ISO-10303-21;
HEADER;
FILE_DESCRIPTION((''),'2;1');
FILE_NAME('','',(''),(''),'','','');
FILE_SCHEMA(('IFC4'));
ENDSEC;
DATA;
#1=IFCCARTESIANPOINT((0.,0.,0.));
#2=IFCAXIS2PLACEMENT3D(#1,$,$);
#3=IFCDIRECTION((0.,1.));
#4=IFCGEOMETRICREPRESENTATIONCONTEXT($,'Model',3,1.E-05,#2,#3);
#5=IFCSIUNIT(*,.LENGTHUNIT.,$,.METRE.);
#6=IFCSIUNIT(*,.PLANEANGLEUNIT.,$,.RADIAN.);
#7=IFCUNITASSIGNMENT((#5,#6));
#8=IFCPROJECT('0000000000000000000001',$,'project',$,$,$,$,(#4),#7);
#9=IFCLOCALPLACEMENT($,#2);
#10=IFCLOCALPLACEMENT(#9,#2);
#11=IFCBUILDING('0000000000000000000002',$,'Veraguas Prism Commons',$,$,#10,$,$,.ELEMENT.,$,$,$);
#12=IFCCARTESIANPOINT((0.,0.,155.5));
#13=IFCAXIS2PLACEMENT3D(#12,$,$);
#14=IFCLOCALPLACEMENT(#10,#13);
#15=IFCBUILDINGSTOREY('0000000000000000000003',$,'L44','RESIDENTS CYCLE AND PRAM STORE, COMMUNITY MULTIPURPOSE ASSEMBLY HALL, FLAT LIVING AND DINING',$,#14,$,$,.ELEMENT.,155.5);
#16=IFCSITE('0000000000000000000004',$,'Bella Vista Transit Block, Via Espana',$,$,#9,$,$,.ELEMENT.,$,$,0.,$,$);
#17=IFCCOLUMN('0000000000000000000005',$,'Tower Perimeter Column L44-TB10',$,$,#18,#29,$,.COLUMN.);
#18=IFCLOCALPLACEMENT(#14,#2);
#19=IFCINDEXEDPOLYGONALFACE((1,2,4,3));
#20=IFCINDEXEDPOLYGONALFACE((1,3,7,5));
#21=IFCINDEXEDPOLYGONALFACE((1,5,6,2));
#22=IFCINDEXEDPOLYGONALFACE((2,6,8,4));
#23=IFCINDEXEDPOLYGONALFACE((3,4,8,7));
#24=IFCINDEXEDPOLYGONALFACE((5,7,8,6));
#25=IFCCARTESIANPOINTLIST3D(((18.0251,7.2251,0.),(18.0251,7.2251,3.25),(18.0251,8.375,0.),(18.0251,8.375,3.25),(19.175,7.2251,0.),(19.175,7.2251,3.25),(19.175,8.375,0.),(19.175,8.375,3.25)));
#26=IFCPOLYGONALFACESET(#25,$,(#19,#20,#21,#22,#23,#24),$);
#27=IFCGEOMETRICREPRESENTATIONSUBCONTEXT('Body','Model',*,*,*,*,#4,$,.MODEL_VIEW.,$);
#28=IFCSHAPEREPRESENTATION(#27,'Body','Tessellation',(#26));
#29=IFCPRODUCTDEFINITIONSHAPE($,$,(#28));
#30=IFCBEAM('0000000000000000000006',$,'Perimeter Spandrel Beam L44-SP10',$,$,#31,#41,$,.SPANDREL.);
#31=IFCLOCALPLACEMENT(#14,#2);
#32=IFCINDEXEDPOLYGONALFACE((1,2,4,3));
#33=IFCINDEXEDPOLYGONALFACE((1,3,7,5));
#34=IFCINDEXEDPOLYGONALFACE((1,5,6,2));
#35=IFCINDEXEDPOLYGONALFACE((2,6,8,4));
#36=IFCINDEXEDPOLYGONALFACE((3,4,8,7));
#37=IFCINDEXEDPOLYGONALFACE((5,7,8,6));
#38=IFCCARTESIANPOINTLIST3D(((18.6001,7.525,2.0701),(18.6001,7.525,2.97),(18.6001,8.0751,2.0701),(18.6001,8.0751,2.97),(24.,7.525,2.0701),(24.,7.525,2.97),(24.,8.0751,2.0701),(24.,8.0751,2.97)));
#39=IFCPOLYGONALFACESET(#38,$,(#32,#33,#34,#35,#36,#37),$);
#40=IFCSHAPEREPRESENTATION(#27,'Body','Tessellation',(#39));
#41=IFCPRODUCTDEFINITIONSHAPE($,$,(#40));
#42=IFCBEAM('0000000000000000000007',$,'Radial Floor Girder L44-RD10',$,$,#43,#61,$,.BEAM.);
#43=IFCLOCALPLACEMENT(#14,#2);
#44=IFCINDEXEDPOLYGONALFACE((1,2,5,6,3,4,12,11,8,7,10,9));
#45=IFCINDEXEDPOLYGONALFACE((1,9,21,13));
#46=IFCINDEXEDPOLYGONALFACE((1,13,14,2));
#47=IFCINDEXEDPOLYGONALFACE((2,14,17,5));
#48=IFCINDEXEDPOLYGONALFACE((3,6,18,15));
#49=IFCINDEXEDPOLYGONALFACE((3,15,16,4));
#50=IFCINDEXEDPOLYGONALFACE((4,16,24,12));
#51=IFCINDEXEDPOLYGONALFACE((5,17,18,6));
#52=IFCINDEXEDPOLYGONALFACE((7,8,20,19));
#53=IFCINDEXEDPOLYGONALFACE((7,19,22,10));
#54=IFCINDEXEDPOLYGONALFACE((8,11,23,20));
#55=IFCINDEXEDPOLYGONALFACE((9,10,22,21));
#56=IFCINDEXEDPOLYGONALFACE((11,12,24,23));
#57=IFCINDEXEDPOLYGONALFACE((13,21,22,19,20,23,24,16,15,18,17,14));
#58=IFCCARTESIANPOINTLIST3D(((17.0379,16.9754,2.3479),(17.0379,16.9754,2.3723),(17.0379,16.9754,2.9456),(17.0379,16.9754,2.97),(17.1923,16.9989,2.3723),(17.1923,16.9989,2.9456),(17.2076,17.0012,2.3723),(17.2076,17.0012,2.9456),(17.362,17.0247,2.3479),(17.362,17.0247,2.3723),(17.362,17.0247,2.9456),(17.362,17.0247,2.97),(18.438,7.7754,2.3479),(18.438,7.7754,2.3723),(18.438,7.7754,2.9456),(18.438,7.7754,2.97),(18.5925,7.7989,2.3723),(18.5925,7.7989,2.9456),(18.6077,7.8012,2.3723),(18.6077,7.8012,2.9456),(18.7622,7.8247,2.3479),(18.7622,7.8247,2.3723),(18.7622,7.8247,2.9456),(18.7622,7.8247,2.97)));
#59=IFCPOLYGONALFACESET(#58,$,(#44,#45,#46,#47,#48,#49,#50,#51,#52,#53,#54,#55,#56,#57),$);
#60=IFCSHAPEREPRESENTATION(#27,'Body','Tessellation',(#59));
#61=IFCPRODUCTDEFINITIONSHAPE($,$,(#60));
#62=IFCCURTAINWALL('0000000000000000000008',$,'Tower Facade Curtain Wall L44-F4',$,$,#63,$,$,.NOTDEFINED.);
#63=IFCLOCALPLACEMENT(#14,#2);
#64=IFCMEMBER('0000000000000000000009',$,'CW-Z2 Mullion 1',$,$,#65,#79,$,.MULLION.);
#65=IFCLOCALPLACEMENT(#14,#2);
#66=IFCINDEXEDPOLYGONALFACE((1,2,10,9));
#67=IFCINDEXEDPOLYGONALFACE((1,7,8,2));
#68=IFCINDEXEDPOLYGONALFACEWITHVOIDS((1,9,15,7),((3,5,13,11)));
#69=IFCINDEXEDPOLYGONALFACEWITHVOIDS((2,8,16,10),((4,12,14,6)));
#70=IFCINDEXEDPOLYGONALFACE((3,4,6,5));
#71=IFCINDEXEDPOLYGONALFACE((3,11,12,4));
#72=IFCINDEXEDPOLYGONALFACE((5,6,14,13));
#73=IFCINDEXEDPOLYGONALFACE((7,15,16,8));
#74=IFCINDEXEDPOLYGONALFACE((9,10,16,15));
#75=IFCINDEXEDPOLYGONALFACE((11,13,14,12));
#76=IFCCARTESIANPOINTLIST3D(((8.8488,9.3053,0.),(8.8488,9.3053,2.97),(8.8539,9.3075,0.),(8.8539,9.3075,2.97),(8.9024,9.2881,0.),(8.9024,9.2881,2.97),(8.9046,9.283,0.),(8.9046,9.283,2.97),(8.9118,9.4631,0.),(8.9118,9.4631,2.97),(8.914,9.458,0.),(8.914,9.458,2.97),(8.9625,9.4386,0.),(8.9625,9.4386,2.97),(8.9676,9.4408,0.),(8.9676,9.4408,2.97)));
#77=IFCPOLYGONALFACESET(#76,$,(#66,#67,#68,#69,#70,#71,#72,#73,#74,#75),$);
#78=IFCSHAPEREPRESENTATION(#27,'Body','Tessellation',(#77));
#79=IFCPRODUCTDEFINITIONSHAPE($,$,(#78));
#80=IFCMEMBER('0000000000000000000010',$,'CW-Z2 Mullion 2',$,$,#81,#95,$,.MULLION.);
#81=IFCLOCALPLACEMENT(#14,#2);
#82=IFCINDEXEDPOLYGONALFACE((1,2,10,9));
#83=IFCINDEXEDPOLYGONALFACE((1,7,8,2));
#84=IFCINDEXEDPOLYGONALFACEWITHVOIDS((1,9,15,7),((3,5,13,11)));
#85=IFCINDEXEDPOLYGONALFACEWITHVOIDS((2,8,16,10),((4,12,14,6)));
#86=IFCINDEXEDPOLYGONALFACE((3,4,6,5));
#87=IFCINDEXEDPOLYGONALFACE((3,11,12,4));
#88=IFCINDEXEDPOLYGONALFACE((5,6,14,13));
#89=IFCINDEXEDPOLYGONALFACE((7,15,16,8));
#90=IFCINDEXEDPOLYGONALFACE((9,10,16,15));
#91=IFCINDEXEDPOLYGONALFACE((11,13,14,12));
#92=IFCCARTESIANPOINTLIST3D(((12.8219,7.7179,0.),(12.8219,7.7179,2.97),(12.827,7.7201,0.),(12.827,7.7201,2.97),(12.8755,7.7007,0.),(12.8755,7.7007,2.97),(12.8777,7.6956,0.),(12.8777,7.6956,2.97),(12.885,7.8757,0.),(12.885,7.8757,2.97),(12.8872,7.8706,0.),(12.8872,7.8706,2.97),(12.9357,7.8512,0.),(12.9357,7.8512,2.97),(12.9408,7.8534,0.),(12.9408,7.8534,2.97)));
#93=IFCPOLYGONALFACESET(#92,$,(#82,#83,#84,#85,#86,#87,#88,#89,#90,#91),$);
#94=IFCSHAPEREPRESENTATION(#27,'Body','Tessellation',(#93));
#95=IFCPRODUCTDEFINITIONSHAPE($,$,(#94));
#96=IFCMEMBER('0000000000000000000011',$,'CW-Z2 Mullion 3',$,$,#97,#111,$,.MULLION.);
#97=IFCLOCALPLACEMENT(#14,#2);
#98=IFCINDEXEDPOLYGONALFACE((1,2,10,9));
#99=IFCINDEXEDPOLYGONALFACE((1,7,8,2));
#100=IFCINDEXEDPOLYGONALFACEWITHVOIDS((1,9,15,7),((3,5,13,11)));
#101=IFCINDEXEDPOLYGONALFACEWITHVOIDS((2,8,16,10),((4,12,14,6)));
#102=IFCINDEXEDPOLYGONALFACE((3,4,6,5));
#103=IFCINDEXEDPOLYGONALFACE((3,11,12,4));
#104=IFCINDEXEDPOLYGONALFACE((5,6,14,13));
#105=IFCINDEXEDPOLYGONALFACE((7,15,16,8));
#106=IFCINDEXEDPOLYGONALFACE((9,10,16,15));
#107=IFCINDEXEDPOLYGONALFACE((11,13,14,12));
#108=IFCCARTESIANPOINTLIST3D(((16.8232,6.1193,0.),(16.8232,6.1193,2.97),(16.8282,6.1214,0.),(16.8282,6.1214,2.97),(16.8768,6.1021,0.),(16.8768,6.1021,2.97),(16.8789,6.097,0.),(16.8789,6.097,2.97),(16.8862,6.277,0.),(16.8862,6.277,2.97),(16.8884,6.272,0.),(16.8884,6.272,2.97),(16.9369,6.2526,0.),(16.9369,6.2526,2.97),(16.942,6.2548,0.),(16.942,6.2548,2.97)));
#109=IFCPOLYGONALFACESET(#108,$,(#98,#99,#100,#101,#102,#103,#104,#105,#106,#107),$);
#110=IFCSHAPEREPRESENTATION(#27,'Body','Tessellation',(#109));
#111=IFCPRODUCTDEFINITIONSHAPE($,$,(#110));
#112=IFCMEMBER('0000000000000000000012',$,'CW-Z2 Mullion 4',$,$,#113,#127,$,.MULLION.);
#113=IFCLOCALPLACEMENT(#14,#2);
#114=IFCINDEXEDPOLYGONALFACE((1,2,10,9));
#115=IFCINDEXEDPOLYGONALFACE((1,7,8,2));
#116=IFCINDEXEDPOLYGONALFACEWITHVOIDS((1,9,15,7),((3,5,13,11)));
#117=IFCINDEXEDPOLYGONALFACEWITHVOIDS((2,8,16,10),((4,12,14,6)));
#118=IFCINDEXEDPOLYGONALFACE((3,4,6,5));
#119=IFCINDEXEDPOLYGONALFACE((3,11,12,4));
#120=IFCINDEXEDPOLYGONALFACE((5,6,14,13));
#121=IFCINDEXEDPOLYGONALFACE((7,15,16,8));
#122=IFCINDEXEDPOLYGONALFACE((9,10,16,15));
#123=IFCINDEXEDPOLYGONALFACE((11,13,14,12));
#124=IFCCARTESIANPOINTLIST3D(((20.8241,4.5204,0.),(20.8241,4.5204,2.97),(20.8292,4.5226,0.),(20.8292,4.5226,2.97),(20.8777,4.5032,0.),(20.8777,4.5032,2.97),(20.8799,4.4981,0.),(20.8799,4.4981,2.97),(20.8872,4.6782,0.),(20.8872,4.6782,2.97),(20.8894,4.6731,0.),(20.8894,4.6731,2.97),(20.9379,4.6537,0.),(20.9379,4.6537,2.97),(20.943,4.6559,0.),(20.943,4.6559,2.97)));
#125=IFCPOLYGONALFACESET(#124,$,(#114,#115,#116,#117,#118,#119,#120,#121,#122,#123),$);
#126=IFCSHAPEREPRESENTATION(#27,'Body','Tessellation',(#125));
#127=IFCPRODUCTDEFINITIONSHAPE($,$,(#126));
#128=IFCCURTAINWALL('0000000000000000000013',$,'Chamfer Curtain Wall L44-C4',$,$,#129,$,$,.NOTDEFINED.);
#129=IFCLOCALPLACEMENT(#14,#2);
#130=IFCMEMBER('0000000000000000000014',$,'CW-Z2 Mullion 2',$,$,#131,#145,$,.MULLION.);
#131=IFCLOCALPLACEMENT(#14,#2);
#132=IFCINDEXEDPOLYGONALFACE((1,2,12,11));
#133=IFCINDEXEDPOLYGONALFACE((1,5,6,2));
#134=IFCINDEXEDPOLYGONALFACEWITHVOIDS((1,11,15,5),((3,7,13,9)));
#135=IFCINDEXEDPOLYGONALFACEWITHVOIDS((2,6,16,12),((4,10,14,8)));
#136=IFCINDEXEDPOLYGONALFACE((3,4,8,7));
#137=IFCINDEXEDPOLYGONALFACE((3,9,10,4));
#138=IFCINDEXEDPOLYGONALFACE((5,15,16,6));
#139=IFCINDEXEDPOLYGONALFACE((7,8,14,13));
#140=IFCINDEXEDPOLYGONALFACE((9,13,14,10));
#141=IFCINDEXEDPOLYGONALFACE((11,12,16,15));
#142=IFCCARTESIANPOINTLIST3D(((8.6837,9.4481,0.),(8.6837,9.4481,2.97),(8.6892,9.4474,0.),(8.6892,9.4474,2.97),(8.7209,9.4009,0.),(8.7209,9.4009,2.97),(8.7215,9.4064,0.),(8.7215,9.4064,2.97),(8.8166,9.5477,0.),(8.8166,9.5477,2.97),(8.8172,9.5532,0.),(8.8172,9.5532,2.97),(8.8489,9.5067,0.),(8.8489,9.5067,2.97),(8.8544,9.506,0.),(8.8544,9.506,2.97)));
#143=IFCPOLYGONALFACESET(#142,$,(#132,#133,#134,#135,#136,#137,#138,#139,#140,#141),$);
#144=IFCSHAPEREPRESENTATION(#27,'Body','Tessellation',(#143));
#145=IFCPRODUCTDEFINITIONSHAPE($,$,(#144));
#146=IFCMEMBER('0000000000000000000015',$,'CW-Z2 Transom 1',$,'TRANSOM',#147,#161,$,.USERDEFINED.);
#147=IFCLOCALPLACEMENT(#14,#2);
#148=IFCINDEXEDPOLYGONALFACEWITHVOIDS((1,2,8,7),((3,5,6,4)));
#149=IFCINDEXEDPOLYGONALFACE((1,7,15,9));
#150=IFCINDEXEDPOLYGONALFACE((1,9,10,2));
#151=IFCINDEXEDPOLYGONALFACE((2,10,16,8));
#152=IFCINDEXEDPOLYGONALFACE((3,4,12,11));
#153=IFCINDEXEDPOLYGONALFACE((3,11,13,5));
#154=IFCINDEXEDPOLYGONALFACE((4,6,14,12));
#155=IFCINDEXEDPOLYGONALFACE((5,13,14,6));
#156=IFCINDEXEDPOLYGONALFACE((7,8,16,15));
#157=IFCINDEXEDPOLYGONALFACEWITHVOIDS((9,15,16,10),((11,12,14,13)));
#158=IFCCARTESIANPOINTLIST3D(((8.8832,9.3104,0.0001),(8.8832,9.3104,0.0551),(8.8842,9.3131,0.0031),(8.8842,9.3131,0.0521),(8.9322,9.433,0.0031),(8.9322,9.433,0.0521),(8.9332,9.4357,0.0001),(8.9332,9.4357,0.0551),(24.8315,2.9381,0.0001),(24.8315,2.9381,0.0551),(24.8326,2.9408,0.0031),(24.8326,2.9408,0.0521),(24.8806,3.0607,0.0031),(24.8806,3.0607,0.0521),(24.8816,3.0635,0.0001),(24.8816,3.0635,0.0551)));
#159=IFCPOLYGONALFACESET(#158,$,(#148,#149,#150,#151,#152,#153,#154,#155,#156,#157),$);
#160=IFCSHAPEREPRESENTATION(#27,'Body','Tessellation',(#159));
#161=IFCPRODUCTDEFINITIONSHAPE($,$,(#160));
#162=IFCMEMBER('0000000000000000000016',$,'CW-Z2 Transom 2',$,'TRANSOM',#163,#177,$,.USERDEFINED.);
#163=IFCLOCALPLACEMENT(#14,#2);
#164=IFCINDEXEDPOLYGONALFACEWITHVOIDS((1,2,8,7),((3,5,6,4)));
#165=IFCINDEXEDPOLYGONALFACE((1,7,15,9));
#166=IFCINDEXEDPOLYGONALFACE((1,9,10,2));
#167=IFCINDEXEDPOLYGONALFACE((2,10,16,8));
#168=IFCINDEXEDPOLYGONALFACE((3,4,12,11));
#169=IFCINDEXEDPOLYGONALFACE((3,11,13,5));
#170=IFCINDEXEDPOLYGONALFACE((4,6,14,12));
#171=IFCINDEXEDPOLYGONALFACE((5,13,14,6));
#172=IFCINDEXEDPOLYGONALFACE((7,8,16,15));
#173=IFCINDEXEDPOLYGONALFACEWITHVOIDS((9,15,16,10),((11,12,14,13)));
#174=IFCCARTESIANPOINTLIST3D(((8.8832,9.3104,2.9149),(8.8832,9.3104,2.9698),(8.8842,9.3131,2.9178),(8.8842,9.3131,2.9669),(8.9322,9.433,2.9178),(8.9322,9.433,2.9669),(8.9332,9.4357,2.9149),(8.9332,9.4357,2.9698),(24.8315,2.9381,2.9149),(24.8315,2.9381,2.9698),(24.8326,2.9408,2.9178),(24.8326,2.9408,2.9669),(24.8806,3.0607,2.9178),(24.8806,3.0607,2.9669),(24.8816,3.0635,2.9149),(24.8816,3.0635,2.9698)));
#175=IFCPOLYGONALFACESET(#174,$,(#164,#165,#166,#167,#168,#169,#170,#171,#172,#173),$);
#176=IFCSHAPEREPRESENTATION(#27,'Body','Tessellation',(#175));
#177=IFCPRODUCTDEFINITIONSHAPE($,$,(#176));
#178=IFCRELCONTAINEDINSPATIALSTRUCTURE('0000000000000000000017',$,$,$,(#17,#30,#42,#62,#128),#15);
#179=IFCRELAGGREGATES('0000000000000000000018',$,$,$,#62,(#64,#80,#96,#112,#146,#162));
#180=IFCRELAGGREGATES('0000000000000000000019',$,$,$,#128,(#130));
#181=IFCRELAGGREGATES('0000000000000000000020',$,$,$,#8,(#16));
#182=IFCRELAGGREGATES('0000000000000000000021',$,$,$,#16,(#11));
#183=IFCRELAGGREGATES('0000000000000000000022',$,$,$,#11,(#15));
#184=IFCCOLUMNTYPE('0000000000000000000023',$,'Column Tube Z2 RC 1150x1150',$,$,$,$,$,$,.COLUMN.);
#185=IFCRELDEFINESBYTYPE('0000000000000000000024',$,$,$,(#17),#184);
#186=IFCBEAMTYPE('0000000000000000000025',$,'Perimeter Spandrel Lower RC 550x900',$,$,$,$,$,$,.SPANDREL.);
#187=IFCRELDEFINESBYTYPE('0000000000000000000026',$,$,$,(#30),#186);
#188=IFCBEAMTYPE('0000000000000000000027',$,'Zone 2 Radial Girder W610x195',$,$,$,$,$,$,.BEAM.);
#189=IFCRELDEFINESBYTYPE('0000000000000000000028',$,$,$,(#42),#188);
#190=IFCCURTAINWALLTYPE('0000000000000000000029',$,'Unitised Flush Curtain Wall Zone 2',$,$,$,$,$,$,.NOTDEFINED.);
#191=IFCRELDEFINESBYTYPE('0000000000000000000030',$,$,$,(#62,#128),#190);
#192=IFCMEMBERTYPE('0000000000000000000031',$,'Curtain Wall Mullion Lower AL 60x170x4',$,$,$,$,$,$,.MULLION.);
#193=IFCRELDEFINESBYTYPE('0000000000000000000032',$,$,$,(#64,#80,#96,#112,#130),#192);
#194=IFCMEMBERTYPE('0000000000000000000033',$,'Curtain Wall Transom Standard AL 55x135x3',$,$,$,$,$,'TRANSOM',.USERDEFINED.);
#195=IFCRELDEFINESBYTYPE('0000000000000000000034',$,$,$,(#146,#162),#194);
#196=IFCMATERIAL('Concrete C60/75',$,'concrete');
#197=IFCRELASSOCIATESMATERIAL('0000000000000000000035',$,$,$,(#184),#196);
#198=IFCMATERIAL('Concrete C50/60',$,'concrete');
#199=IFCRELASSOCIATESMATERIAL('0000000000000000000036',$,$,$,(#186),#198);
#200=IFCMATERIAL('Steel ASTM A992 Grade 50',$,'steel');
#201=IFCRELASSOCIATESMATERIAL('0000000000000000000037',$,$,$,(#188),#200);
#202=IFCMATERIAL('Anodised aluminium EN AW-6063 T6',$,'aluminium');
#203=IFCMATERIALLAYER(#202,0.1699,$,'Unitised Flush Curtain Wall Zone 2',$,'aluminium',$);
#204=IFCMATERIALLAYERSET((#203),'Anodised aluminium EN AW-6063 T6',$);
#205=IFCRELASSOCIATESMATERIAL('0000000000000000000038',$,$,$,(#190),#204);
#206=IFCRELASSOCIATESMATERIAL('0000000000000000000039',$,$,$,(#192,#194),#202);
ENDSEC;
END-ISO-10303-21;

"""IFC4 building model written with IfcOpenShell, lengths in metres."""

from ifc_helpers import new_model, si_unit, direction, frame, origin, origin_2d, place, context, subcontext, project, spatial, rectangle, hollow_rectangle, i_section, extrude, source, transform, mapped, material, layer, layer_set, material_profile, profile_set, type_object, element, aggregate, save


model = new_model("IFC4")

# Units and contexts
model_context = context("Model", 3, precision=1e-05, world=origin(), true_north=direction((0.0, 1.0)))
body_context = subcontext(model_context, "Body", "Model", "MODEL_VIEW")
ifc_project = project(units=[si_unit("LENGTHUNIT", "METRE"), si_unit("PLANEANGLEUNIT", "RADIAN")], contexts=[model_context])

# Site, building, storey
site_placement = place(None, origin())
site = spatial("IfcSite", under=ifc_project, at=site_placement, Name="Bella Vista Transit Block, Via Espana", CompositionType="ELEMENT", RefElevation=0.0)
building_placement = place(site_placement, origin())
building = spatial("IfcBuilding", under=site, at=building_placement, Name="Veraguas Prism Commons", CompositionType="ELEMENT")
storey_placement = place(building_placement, frame((0.0, 0.0, 155.5)))
storey = spatial("IfcBuildingStorey", under=building, at=storey_placement, Name="L44", Description="RESIDENTS CYCLE AND PRAM STORE, COMMUNITY MULTIPURPOSE ASSEMBLY HALL, FLAT LIVING AND DINING", CompositionType="ELEMENT", Elevation=155.5)

# Column
ifc_material_1 = material(Name="Concrete C60/75", Category="concrete")
ifc_material_profile_1 = material_profile(ifc_material_1, rectangle(XDim=1.1499, YDim=1.1499, at=origin_2d()), Name="RC1150X1150")
ifc_profile_set_1 = profile_set([ifc_material_profile_1], Name="Concrete C60/75")
column_type = type_object("IfcColumnType", Name="Column Tube Z2 RC 1150x1150", PredefinedType="COLUMN", material=ifc_profile_set_1)
column_placement = place(storey_placement, frame((18.6001, 7.8, 0.0), z_axis=(0.0, 0.0, 1.0), x_axis=(1.0, 0.0, 0.0)))
element("IfcColumn", 1, at=column_placement, inside=storey, type_object=column_type, Name="Tower Perimeter Column L44-TB10", PredefinedType="COLUMN", context=body_context, shape_type="SweptSolid", body=[
    extrude(rectangle(XDim=1.1499, YDim=1.1499, at=origin_2d()), origin(), (0.0, 0.0, 1.0), 3.25),
])

# Beams
ifc_material_2 = material(Name="Concrete C50/60", Category="concrete")
ifc_material_profile_2 = material_profile(ifc_material_2, rectangle(XDim=0.55, YDim=0.8999, at=origin_2d()), Name="RC550X900")
ifc_profile_set_2 = profile_set([ifc_material_profile_2], Name="Concrete C50/60")
beam_type_1 = type_object("IfcBeamType", Name="Perimeter Spandrel Lower RC 550x900", PredefinedType="SPANDREL", material=ifc_profile_set_2)
beam_1_placement = place(storey_placement, frame((18.6001, 7.8, 2.52), z_axis=(1.0, 0.0, 0.0), x_axis=(0.0, 1.0, 0.0)))
element("IfcBeam", 2, at=beam_1_placement, inside=storey, type_object=beam_type_1, Name="Perimeter Spandrel Beam L44-SP10", PredefinedType="SPANDREL", context=body_context, shape_type="SweptSolid", body=[
    extrude(rectangle(XDim=0.55, YDim=0.8999, at=origin_2d()), origin(), (0.0, 0.0, 1.0), 5.3999),
])
ifc_material_3 = material(Name="Steel ASTM A992 Grade 50", Category="steel")
ifc_material_profile_3 = material_profile(ifc_material_3, i_section(OverallWidth=0.3279, OverallDepth=0.6221, WebThickness=0.0154, FlangeThickness=0.0244, at=origin_2d()), Name="W610X195")
ifc_profile_set_3 = profile_set([ifc_material_profile_3], Name="Steel ASTM A992 Grade 50")
beam_type_2 = type_object("IfcBeamType", Name="Zone 2 Radial Girder W610x195", PredefinedType="BEAM", material=ifc_profile_set_3)
beam_2_placement = place(storey_placement, frame((18.6001, 7.8, 2.6589), z_axis=(-0.150458, 0.988616, 0.0), x_axis=(-0.988616, -0.150458, 0.0)))
element("IfcBeam", 3, at=beam_2_placement, inside=storey, type_object=beam_type_2, Name="Radial Floor Girder L44-RD10", PredefinedType="BEAM", context=body_context, shape_type="SweptSolid", body=[
    extrude(i_section(OverallWidth=0.3279, OverallDepth=0.6221, WebThickness=0.0154, FlangeThickness=0.0244, at=origin_2d()), origin(), (0.0, 0.0, 1.0), 9.3059),
])

# Curtain wall, members
ifc_material_4 = material(Name="Anodised aluminium EN AW-6063 T6", Category="aluminium")
ifc_layer_1 = layer(ifc_material_4, 0.1699, Name="Unitised Flush Curtain Wall Zone 2", Category="aluminium")
ifc_layer_set_1 = layer_set([ifc_layer_1], Name="Anodised aluminium EN AW-6063 T6")
curtain_wall_type = type_object("IfcCurtainWallType", Name="Unitised Flush Curtain Wall Zone 2", PredefinedType="NOTDEFINED", material=ifc_layer_set_1)
curtain_wall_1_placement = place(storey_placement, origin())
curtain_wall_1 = element("IfcCurtainWall", 4, at=curtain_wall_1_placement, inside=storey, type_object=curtain_wall_type, Name="Tower Facade Curtain Wall L44-F4", PredefinedType="NOTDEFINED")
ifc_material_profile_4 = material_profile(ifc_material_4, hollow_rectangle(XDim=0.0601, YDim=0.1699, WallThickness=0.0039, at=origin_2d()), Name="AL60X170X4")
ifc_profile_set_4 = profile_set([ifc_material_profile_4], Name="Anodised aluminium EN AW-6063 T6")
member_type_1 = type_object("IfcMemberType", Name="Curtain Wall Mullion Lower AL 60x170x4", PredefinedType="MULLION", material=ifc_profile_set_4)
shared_shape_1 = source(origin(), body_context, "Body", "SweptSolid", [
    extrude(hollow_rectangle(XDim=0.0601, YDim=0.1699, WallThickness=0.0039, at=origin_2d()), origin(), (0.0, 0.0, 1.0), 2.97),
])
member_1_placement = place(storey_placement, frame((8.9082, 9.373, 0.0), z_axis=(0.0, 0.0, 1.0), x_axis=(0.928617, -0.371039, 0.0)))
member_1 = element("IfcMember", 5, at=member_1_placement, type_object=member_type_1, Name="CW-Z2 Mullion 1", PredefinedType="MULLION", context=body_context, shape_type="MappedRepresentation", body=[
    mapped(shared_shape_1, transform((0.0, 0.0, 0.0), scale=1.0)),
])
member_2_placement = place(storey_placement, frame((12.8813, 7.7856, 0.0), z_axis=(0.0, 0.0, 1.0), x_axis=(0.928617, -0.371039, 0.0)))
member_2 = element("IfcMember", 6, at=member_2_placement, type_object=member_type_1, Name="CW-Z2 Mullion 2", PredefinedType="MULLION", context=body_context, shape_type="MappedRepresentation", body=[
    mapped(shared_shape_1, transform((0.0, 0.0, 0.0), scale=1.0)),
])
member_3_placement = place(storey_placement, frame((16.8826, 6.187, 0.0), z_axis=(0.0, 0.0, 1.0), x_axis=(0.928617, -0.371039, 0.0)))
member_3 = element("IfcMember", 7, at=member_3_placement, type_object=member_type_1, Name="CW-Z2 Mullion 3", PredefinedType="MULLION", context=body_context, shape_type="MappedRepresentation", body=[
    mapped(shared_shape_1, transform((0.0, 0.0, 0.0), scale=1.0)),
])
member_4_placement = place(storey_placement, frame((20.8835, 4.5881, 0.0), z_axis=(0.0, 0.0, 1.0), x_axis=(0.928617, -0.371039, 0.0)))
member_4 = element("IfcMember", 8, at=member_4_placement, type_object=member_type_1, Name="CW-Z2 Mullion 4", PredefinedType="MULLION", context=body_context, shape_type="MappedRepresentation", body=[
    mapped(shared_shape_1, transform((0.0, 0.0, 0.0), scale=1.0)),
])

# Curtain wall, member
curtain_wall_2_placement = place(storey_placement, origin())
curtain_wall_2 = element("IfcCurtainWall", 9, at=curtain_wall_2_placement, inside=storey, type_object=curtain_wall_type, Name="Chamfer Curtain Wall L44-C4", PredefinedType="NOTDEFINED")
member_5_placement = place(storey_placement, frame((8.769, 9.4771, 0.0), z_axis=(0.0, 0.0, 1.0), x_axis=(0.618681, -0.785642, 0.0)))
member_5 = element("IfcMember", 10, at=member_5_placement, type_object=member_type_1, Name="CW-Z2 Mullion 2", PredefinedType="MULLION", context=body_context, shape_type="MappedRepresentation", body=[
    mapped(shared_shape_1, transform((0.0, 0.0, 0.0), scale=1.0)),
])

# Members
ifc_material_profile_5 = material_profile(ifc_material_4, hollow_rectangle(XDim=0.0549, YDim=0.135, WallThickness=0.0029, at=origin_2d()), Name="AL55X135X3")
ifc_profile_set_5 = profile_set([ifc_material_profile_5], Name="Anodised aluminium EN AW-6063 T6")
member_type_2 = type_object("IfcMemberType", Name="Curtain Wall Transom Standard AL 55x135x3", ElementType="TRANSOM", PredefinedType="USERDEFINED", material=ifc_profile_set_5)
shared_shape_2 = source(origin(), body_context, "Body", "SweptSolid", [
    extrude(hollow_rectangle(XDim=0.0549, YDim=0.135, WallThickness=0.0029, at=origin_2d()), origin(), (0.0, 0.0, 1.0), 17.1743),
])
member_6_placement = place(storey_placement, frame((8.9082, 9.373, 0.0276), z_axis=(0.928619, -0.371035, 0.0), x_axis=(0.0, 0.0, 1.0)))
member_6 = element("IfcMember", 11, at=member_6_placement, type_object=member_type_2, Name="CW-Z2 Transom 1", ObjectType="TRANSOM", PredefinedType="USERDEFINED", context=body_context, shape_type="MappedRepresentation", body=[
    mapped(shared_shape_2, transform((0.0, 0.0, 0.0), scale=1.0)),
])
member_7_placement = place(storey_placement, frame((8.9082, 9.373, 2.9424), z_axis=(0.928619, -0.371035, 0.0), x_axis=(0.0, 0.0, 1.0)))
member_7 = element("IfcMember", 12, at=member_7_placement, type_object=member_type_2, Name="CW-Z2 Transom 2", ObjectType="TRANSOM", PredefinedType="USERDEFINED", context=body_context, shape_type="MappedRepresentation", body=[
    mapped(shared_shape_2, transform((0.0, 0.0, 0.0), scale=1.0)),
])

aggregate(curtain_wall_1, [member_1, member_2, member_3, member_4, member_6, member_7])
aggregate(curtain_wall_2, [member_5])

save(model, "model.ifc")
